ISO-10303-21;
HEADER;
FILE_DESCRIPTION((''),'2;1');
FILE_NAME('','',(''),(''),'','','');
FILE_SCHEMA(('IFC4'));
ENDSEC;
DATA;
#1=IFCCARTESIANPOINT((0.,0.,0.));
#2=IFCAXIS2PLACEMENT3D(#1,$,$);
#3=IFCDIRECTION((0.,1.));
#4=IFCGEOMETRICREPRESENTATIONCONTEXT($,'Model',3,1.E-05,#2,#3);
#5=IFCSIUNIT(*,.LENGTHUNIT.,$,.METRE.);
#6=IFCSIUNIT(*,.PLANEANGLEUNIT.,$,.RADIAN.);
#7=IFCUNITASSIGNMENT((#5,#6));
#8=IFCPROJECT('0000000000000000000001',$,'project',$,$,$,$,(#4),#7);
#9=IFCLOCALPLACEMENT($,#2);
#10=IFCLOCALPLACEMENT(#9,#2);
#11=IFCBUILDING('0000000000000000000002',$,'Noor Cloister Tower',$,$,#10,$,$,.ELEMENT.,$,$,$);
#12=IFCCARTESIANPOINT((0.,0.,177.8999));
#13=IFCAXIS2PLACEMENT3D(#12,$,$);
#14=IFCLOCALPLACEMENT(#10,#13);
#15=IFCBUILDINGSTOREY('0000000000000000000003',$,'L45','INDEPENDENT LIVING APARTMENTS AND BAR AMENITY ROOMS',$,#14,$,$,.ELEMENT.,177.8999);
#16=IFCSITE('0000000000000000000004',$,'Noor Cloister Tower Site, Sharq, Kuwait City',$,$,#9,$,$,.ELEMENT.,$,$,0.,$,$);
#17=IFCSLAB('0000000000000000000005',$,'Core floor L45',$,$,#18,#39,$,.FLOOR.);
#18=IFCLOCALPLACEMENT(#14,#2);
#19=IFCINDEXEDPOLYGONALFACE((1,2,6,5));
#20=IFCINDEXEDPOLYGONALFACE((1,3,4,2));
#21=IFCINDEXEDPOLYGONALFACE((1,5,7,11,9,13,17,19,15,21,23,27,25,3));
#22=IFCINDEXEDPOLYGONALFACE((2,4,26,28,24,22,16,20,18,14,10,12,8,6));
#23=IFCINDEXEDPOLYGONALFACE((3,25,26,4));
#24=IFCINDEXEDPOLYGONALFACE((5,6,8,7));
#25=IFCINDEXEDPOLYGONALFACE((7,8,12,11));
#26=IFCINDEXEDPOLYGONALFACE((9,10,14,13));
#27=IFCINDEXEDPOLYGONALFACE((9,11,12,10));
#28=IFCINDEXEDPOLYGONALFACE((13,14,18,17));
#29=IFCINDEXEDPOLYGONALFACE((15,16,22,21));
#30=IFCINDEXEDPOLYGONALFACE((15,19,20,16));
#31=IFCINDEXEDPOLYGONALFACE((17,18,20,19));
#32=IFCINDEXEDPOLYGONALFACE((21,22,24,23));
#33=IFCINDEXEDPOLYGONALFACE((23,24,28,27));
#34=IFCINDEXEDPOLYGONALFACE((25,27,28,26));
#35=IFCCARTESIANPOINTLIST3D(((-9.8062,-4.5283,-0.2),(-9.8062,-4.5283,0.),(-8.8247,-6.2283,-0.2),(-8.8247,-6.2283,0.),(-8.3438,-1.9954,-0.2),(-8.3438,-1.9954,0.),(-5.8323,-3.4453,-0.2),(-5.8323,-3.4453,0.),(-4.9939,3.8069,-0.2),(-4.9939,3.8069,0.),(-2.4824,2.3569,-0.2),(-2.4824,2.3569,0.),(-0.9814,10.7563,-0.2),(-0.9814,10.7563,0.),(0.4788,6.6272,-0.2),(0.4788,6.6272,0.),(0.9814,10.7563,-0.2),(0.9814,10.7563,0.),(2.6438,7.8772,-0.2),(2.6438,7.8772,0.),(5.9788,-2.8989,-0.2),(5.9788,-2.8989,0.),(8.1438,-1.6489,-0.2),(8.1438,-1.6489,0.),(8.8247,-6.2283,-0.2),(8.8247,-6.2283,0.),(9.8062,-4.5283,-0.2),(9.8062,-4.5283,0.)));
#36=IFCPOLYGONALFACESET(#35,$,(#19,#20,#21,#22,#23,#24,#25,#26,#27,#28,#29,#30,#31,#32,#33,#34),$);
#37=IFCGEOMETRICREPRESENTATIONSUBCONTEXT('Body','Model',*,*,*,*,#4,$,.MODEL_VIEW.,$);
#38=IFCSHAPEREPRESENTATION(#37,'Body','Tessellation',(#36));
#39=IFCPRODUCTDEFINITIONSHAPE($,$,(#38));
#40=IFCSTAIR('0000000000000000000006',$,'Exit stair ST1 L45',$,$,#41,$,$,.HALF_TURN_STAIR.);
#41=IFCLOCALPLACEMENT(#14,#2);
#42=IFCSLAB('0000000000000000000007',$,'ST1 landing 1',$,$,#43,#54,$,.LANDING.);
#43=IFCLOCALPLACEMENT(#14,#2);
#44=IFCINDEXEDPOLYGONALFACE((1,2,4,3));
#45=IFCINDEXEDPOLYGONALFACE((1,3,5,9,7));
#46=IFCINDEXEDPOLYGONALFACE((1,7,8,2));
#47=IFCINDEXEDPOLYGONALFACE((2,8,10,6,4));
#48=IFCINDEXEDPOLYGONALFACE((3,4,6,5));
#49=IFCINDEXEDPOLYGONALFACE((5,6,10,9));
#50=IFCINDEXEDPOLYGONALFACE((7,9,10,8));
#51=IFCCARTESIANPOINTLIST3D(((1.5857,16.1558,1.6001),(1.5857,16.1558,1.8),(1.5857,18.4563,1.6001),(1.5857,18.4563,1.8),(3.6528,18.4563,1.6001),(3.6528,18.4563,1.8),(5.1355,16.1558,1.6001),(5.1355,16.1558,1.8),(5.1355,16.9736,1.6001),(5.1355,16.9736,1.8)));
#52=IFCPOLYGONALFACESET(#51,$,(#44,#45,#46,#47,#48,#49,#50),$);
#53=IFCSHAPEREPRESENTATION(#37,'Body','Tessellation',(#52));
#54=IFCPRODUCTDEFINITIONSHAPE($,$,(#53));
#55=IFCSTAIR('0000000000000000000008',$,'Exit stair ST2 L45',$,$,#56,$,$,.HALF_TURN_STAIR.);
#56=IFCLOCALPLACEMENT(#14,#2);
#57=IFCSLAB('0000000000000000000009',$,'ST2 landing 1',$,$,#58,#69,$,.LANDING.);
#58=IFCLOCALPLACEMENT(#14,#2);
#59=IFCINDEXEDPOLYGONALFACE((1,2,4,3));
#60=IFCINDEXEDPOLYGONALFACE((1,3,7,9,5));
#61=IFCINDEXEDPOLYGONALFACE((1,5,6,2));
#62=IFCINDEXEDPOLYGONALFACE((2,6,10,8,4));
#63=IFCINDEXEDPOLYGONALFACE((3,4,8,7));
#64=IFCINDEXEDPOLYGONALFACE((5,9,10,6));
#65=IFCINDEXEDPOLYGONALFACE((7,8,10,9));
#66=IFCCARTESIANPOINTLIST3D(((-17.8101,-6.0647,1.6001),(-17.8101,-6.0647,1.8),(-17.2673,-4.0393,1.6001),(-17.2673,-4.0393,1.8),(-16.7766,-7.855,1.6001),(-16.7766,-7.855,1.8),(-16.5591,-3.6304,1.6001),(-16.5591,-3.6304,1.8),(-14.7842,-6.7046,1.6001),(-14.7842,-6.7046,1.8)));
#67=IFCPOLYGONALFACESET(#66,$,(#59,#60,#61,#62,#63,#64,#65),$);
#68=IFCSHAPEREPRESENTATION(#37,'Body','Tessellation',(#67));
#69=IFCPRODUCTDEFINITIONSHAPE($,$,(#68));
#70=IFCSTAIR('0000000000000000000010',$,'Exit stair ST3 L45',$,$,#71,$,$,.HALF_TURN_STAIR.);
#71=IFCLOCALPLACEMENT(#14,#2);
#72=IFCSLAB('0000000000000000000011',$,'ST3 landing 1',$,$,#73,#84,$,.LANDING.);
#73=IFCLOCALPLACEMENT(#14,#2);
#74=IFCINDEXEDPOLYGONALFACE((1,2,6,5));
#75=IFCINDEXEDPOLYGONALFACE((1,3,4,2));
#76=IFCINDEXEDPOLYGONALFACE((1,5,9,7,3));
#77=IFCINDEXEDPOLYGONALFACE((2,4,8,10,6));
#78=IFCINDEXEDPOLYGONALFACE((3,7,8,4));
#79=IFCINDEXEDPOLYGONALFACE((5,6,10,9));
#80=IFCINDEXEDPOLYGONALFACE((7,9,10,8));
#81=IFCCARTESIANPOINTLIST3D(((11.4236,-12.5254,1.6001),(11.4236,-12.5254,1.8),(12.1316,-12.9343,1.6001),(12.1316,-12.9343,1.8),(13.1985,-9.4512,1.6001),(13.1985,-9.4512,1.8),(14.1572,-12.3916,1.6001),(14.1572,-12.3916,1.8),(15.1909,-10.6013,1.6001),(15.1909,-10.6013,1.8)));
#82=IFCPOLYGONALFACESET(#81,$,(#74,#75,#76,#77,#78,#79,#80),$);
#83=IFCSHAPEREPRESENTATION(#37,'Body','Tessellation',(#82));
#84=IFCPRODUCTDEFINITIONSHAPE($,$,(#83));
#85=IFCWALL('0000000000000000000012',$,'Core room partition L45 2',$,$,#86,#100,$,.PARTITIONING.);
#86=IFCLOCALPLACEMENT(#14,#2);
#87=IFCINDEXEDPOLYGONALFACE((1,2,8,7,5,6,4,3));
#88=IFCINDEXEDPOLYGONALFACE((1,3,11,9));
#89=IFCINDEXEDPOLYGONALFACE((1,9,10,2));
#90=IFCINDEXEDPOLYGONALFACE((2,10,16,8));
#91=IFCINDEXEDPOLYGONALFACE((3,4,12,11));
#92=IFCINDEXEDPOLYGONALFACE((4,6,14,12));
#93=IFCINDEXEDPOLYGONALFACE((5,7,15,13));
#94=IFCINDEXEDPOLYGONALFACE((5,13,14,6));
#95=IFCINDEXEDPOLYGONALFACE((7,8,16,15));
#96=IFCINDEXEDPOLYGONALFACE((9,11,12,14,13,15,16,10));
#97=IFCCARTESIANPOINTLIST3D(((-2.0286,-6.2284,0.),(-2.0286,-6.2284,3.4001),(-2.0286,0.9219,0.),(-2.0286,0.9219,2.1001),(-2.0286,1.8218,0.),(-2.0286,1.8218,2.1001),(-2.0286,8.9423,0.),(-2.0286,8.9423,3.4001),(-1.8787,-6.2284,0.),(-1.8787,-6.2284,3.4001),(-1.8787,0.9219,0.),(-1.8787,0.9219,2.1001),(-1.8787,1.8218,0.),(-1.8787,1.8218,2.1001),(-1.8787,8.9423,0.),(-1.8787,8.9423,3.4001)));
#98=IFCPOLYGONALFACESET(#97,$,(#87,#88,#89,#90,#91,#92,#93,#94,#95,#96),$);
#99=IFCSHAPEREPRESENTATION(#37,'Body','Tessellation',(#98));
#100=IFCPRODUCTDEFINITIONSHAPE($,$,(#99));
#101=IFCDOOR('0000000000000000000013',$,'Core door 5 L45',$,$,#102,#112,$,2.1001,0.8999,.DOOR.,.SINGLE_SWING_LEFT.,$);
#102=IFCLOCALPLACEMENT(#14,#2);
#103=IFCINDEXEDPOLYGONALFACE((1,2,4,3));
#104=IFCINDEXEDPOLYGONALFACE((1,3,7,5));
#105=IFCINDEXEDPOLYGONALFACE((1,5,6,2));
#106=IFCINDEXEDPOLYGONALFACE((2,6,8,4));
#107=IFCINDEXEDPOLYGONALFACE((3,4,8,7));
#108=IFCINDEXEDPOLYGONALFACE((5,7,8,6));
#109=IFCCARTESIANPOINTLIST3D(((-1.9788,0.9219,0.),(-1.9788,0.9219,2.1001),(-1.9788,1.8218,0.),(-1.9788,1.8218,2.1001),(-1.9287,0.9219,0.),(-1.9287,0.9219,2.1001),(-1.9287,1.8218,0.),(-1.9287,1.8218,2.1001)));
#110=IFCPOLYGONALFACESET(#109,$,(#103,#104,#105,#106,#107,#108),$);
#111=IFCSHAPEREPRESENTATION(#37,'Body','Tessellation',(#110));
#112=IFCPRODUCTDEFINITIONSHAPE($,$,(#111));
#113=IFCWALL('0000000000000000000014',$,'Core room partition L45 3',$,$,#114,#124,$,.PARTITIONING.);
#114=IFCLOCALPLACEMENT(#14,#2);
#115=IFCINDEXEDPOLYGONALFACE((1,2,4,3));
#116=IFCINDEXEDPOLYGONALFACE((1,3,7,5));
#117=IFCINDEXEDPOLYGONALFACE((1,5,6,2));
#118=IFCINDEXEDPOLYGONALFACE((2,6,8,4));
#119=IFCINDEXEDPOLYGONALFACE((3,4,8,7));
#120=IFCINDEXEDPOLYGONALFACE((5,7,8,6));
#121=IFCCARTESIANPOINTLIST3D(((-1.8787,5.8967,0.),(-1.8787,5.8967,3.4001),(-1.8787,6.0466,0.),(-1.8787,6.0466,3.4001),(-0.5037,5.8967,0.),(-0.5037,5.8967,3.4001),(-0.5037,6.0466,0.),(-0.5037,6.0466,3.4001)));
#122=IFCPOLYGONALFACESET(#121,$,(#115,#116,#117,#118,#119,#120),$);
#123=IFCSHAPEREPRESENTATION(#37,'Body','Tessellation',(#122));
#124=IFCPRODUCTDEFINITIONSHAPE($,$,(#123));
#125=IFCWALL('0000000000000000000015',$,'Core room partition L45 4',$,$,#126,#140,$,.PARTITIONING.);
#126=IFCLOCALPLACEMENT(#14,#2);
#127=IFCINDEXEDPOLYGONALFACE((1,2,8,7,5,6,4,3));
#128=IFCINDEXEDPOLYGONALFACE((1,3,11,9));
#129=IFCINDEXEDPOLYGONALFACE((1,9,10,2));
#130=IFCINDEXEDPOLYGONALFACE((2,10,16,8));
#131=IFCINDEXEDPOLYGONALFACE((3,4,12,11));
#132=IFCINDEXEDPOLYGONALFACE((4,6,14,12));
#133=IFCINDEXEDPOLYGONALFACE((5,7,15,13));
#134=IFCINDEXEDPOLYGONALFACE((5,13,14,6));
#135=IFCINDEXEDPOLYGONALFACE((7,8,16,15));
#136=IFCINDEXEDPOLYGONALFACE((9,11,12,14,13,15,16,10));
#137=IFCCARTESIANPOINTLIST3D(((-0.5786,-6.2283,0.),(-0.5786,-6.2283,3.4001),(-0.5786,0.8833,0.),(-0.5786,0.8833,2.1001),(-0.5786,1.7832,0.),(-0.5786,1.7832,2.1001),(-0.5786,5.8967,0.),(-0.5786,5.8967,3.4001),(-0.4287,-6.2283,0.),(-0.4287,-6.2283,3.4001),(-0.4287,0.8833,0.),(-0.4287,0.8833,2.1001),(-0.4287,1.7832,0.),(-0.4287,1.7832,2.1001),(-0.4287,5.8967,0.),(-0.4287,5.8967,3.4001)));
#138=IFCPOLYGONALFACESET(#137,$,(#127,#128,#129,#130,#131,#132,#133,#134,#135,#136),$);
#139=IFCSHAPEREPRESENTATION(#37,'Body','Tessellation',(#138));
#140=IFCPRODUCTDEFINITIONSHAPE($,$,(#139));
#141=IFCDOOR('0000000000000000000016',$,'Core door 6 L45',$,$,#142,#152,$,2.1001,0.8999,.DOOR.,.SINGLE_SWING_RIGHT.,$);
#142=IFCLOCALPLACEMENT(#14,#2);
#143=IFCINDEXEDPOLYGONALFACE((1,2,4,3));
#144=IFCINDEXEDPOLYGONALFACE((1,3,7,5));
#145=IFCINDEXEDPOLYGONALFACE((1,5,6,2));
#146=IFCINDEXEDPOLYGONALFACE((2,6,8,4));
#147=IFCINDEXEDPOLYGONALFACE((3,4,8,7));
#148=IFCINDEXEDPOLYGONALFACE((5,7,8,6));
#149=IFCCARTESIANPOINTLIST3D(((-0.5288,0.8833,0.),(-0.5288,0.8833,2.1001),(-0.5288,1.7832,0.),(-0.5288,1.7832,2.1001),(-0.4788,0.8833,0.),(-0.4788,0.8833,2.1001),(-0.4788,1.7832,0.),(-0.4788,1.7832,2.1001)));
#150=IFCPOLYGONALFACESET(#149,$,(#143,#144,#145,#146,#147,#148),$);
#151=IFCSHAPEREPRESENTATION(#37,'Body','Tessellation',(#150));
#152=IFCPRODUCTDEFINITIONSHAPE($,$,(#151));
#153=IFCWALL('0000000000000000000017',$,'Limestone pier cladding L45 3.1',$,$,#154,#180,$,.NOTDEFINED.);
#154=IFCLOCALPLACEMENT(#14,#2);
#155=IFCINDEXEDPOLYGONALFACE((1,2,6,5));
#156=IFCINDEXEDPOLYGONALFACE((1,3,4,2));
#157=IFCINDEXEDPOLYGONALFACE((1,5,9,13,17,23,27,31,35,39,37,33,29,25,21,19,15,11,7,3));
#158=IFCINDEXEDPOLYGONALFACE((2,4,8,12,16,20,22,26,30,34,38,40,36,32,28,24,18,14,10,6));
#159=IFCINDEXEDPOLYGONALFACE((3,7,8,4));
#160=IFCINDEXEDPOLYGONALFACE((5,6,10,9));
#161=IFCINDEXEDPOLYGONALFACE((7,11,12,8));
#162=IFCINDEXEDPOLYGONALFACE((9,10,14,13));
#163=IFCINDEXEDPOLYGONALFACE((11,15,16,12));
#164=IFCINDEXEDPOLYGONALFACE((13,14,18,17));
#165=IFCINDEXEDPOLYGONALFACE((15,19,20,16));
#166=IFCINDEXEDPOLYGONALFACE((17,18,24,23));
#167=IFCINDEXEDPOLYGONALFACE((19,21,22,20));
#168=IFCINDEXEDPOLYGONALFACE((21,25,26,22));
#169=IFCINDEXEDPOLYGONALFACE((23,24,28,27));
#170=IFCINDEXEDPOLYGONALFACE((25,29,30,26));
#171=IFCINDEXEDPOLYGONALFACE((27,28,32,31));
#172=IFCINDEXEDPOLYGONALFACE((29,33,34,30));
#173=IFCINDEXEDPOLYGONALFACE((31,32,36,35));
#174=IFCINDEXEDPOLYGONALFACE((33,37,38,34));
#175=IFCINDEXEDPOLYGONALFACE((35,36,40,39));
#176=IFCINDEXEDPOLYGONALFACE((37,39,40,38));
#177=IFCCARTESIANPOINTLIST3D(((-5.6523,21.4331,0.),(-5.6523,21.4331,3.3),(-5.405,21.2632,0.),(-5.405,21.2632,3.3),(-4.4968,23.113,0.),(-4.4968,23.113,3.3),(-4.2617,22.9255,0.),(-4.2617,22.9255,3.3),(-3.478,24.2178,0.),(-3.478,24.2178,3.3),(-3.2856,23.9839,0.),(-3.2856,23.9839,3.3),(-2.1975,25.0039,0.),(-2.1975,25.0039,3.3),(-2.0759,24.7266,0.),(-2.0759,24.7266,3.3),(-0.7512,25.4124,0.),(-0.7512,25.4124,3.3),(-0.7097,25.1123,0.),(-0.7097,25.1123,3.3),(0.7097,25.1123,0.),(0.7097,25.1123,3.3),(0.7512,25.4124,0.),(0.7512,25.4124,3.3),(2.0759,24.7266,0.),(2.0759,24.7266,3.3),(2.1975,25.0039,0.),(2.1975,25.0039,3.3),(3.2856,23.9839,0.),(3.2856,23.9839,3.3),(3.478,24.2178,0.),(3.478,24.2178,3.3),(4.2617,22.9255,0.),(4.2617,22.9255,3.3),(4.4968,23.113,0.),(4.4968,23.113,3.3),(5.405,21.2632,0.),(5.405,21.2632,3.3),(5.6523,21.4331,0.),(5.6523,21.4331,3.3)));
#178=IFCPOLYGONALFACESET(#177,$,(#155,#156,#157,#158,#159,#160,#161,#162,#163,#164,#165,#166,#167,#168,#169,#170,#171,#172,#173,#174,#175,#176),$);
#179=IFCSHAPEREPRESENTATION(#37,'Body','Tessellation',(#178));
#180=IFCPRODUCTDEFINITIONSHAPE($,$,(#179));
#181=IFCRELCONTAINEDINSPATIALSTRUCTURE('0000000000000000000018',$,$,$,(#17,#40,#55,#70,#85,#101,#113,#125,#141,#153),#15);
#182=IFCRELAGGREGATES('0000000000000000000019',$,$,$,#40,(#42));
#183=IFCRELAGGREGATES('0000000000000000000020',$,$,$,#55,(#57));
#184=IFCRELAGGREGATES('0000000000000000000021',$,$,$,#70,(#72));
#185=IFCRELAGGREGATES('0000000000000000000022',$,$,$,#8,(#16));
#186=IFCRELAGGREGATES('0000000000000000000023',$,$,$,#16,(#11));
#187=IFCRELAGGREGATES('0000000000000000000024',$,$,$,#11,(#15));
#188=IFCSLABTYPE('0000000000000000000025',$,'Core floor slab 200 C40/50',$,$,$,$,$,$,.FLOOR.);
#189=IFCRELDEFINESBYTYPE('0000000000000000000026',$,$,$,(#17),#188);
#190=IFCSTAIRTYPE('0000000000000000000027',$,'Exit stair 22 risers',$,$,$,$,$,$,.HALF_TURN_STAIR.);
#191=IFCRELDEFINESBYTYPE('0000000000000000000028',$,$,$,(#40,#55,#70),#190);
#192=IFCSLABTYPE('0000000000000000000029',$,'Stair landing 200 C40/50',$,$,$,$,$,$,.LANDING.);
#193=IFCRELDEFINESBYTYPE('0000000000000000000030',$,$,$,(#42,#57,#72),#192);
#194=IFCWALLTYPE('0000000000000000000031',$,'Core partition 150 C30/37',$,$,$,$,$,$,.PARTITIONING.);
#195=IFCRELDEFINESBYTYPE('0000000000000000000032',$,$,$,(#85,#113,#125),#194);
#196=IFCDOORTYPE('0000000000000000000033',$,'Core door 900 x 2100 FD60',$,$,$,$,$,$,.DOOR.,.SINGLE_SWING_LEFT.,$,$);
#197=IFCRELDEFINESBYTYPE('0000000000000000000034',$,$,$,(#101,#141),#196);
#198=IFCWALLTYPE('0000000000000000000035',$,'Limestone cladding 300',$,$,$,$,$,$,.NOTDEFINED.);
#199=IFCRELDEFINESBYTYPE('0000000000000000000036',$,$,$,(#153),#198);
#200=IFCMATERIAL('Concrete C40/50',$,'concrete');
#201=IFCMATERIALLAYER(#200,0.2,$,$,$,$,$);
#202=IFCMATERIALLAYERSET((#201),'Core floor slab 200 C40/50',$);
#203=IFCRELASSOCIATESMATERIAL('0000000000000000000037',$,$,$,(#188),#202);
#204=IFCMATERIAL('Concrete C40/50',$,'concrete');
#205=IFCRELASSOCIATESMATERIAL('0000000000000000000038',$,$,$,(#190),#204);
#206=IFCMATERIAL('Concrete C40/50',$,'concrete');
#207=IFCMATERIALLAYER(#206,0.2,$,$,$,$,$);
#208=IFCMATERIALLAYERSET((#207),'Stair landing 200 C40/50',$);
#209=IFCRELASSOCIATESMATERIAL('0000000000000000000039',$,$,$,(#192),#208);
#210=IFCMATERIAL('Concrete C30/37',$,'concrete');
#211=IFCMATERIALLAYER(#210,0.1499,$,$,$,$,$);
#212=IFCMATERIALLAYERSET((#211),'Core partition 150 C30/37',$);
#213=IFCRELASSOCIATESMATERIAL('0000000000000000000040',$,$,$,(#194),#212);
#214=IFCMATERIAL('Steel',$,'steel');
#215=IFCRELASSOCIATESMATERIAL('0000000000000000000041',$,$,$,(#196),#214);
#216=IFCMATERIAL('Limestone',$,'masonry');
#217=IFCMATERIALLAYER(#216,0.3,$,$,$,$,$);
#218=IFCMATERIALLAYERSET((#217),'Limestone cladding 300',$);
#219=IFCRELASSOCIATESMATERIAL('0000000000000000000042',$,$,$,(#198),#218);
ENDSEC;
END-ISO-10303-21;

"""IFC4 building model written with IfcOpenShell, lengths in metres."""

from ifc_helpers import new_model, si_unit, direction, frame, frame_2d, origin, place, context, subcontext, project, spatial, polyline, rectangle, outline, extrude, material, layer, layer_set, type_object, element, fill, aggregate, save


model = new_model("IFC4")

# Units and contexts
model_context = context("Model", 3, precision=1e-05, world=origin(), true_north=direction((0.0, 1.0)))
body_context = subcontext(model_context, "Body", "Model", "MODEL_VIEW")
ifc_project = project(units=[si_unit("LENGTHUNIT", "METRE"), si_unit("PLANEANGLEUNIT", "RADIAN")], contexts=[model_context])

# Site, building, storey
site_placement = place(None, origin())
site = spatial("IfcSite", under=ifc_project, at=site_placement, Name="Noor Cloister Tower Site, Sharq, Kuwait City", CompositionType="ELEMENT", RefElevation=0.0)
building_placement = place(site_placement, origin())
building = spatial("IfcBuilding", under=site, at=building_placement, Name="Noor Cloister Tower", CompositionType="ELEMENT")
storey_placement = place(building_placement, frame((0.0, 0.0, 177.8999)))
storey = spatial("IfcBuildingStorey", under=building, at=storey_placement, Name="L45", Description="INDEPENDENT LIVING APARTMENTS AND BAR AMENITY ROOMS", CompositionType="ELEMENT", Elevation=177.8999)

# Slab
ifc_material_1 = material(Name="Concrete C40/50", Category="concrete")
ifc_layer_1 = layer(ifc_material_1, 0.2)
ifc_layer_set_1 = layer_set([ifc_layer_1], Name="Core floor slab 200 C40/50")
slab_type_1 = type_object("IfcSlabType", Name="Core floor slab 200 C40/50", PredefinedType="FLOOR", material=ifc_layer_set_1)
slab_1_placement = place(storey_placement, frame((0.0, 0.0, -0.2)))
element("IfcSlab", 1, at=slab_1_placement, inside=storey, type_object=slab_type_1, Name="Core floor L45", PredefinedType="FLOOR", context=body_context, shape_type="SweptSolid", body=[
    extrude(outline(polyline([(2.6438, 7.8772), (0.9814, 10.7563), (-0.9814, 10.7563), (-4.9939, 3.8069), (-2.4824, 2.3569), (-5.8323, -3.4453), (-8.3438, -1.9954), (-9.8062, -4.5283), (-8.8247, -6.2283), (8.8247, -6.2283), (9.8062, -4.5283), (8.1438, -1.6489), (5.9788, -2.8989), (0.4788, 6.6272), (2.6438, 7.8772)])), origin(), (0.0, 0.0, 1.0), 0.2),
])

# Stairs, slabs
ifc_material_2 = material(Name="Concrete C40/50", Category="concrete")
stair_type = type_object("IfcStairType", Name="Exit stair 22 risers", PredefinedType="HALF_TURN_STAIR", material=ifc_material_2)
stair_1_placement = place(storey_placement, origin())
stair_1 = element("IfcStair", 2, at=stair_1_placement, inside=storey, type_object=stair_type, Name="Exit stair ST1 L45", PredefinedType="HALF_TURN_STAIR")
ifc_material_3 = material(Name="Concrete C40/50", Category="concrete")
ifc_layer_2 = layer(ifc_material_3, 0.2)
ifc_layer_set_2 = layer_set([ifc_layer_2], Name="Stair landing 200 C40/50")
slab_type_2 = type_object("IfcSlabType", Name="Stair landing 200 C40/50", PredefinedType="LANDING", material=ifc_layer_set_2)
slab_2_placement = place(storey_placement, frame((0.0, 0.0, 1.6001)))
slab_2 = element("IfcSlab", 3, at=slab_2_placement, type_object=slab_type_2, Name="ST1 landing 1", PredefinedType="LANDING", context=body_context, shape_type="SweptSolid", body=[
    extrude(outline(polyline([(5.1355, 16.1558), (5.1355, 16.9736), (3.6528, 18.4563), (1.5857, 18.4563), (1.5857, 16.1558), (5.1355, 16.1558)])), origin(), (0.0, 0.0, 1.0), 0.2),
])
aggregate(stair_1, [slab_2])
stair_2_placement = place(storey_placement, origin())
stair_2 = element("IfcStair", 4, at=stair_2_placement, inside=storey, type_object=stair_type, Name="Exit stair ST2 L45", PredefinedType="HALF_TURN_STAIR")
slab_3_placement = place(storey_placement, frame((0.0, 0.0, 1.6001)))
slab_3 = element("IfcSlab", 5, at=slab_3_placement, type_object=slab_type_2, Name="ST2 landing 1", PredefinedType="LANDING", context=body_context, shape_type="SweptSolid", body=[
    extrude(outline(polyline([(-16.5591, -3.6304), (-17.2673, -4.0393), (-17.8101, -6.0647), (-16.7766, -7.855), (-14.7842, -6.7046), (-16.5591, -3.6304)])), origin(), (0.0, 0.0, 1.0), 0.2),
])
aggregate(stair_2, [slab_3])
stair_3_placement = place(storey_placement, origin())
stair_3 = element("IfcStair", 6, at=stair_3_placement, inside=storey, type_object=stair_type, Name="Exit stair ST3 L45", PredefinedType="HALF_TURN_STAIR")
slab_4_placement = place(storey_placement, frame((0.0, 0.0, 1.6001)))
slab_4 = element("IfcSlab", 7, at=slab_4_placement, type_object=slab_type_2, Name="ST3 landing 1", PredefinedType="LANDING", context=body_context, shape_type="SweptSolid", body=[
    extrude(outline(polyline([(11.4236, -12.5254), (12.1316, -12.9343), (14.1572, -12.3916), (15.1909, -10.6013), (13.1985, -9.4512), (11.4236, -12.5254)])), origin(), (0.0, 0.0, 1.0), 0.2),
])
aggregate(stair_3, [slab_4])

# Wall, opening, door
ifc_material_4 = material(Name="Concrete C30/37", Category="concrete")
ifc_layer_3 = layer(ifc_material_4, 0.1499)
ifc_layer_set_3 = layer_set([ifc_layer_3], Name="Core partition 150 C30/37")
wall_type_1 = type_object("IfcWallType", Name="Core partition 150 C30/37", PredefinedType="PARTITIONING", material=ifc_layer_set_3)
wall_1_placement = place(storey_placement, frame((-1.9536, 8.9424, 0.0), z_axis=(0.0, 0.0, 1.0), x_axis=(0.0, -1.0, 0.0)))
wall_1 = element("IfcWall", 8, at=wall_1_placement, inside=storey, type_object=wall_type_1, Name="Core room partition L45 2", PredefinedType="PARTITIONING", context=body_context, shape_type="SweptSolid", body=[
    extrude(rectangle(XDim=15.1707, YDim=0.1499, at=frame_2d((7.5854, 0.0))), origin(), (0.0, 0.0, 1.0), 3.4001),
])
opening_1_placement = place(wall_1_placement, frame((7.1206, 0.0, 0.0)))
opening_1 = element("IfcOpeningElement", 9, at=opening_1_placement, cuts=wall_1, PredefinedType="OPENING", context=body_context, shape_type="SweptSolid", body=[
    extrude(rectangle(XDim=0.8999, YDim=2.1001, at=frame_2d((0.45, 1.05))), frame((0.0, 0.085, 0.0), z_axis=(0.0, -1.0, 0.0), x_axis=(1.0, 0.0, 0.0)), (0.0, 0.0, 1.0), 0.1699),
])
ifc_material_5 = material(Name="Steel", Category="steel")
door_type = type_object("IfcDoorType", Name="Core door 900 x 2100 FD60", OperationType="SINGLE_SWING_LEFT", PredefinedType="DOOR", material=ifc_material_5)
door_1_placement = place(opening_1_placement, origin())
door_1 = element("IfcDoor", 10, at=door_1_placement, inside=storey, type_object=door_type, Name="Core door 5 L45", OperationType="SINGLE_SWING_LEFT", OverallHeight=2.1001, OverallWidth=0.8999, PredefinedType="DOOR", context=body_context, shape_type="SweptSolid", body=[
    extrude(rectangle(XDim=0.8999, YDim=2.1001, at=frame_2d((0.45, 1.05))), frame((0.0, 0.0249, 0.0), z_axis=(0.0, -1.0, 0.0), x_axis=(1.0, 0.0, 0.0)), (0.0, 0.0, 1.0), 0.05),
])
fill(opening_1, door_1)

# Wall
wall_2_placement = place(storey_placement, frame((-1.8787, 5.9717, 0.0), z_axis=(0.0, 0.0, 1.0), x_axis=(1.0, 0.0, 0.0)))
element("IfcWall", 11, at=wall_2_placement, inside=storey, type_object=wall_type_1, Name="Core room partition L45 3", PredefinedType="PARTITIONING", context=body_context, shape_type="SweptSolid", body=[
    extrude(rectangle(XDim=1.375, YDim=0.1499, at=frame_2d((0.6875, 0.0))), origin(), (0.0, 0.0, 1.0), 3.4001),
])

# Wall, opening, door
wall_3_placement = place(storey_placement, frame((-0.5037, 5.8967, 0.0), z_axis=(0.0, 0.0, 1.0), x_axis=(0.0, -1.0, 0.0)))
wall_3 = element("IfcWall", 12, at=wall_3_placement, inside=storey, type_object=wall_type_1, Name="Core room partition L45 4", PredefinedType="PARTITIONING", context=body_context, shape_type="SweptSolid", body=[
    extrude(rectangle(XDim=12.125, YDim=0.1499, at=frame_2d((6.0625, 0.0))), origin(), (0.0, 0.0, 1.0), 3.4001),
])
opening_2_placement = place(wall_3_placement, frame((4.1135, 0.0, 0.0)))
opening_2 = element("IfcOpeningElement", 13, at=opening_2_placement, cuts=wall_3, PredefinedType="OPENING", context=body_context, shape_type="SweptSolid", body=[
    extrude(rectangle(XDim=0.8999, YDim=2.1001, at=frame_2d((0.45, 1.05))), frame((0.0, 0.085, 0.0), z_axis=(0.0, -1.0, 0.0), x_axis=(1.0, 0.0, 0.0)), (0.0, 0.0, 1.0), 0.1699),
])
door_2_placement = place(opening_2_placement, origin())
door_2 = element("IfcDoor", 14, at=door_2_placement, inside=storey, type_object=door_type, Name="Core door 6 L45", OperationType="SINGLE_SWING_RIGHT", OverallHeight=2.1001, OverallWidth=0.8999, PredefinedType="DOOR", context=body_context, shape_type="SweptSolid", body=[
    extrude(rectangle(XDim=0.8999, YDim=2.1001, at=frame_2d((0.45, 1.05))), frame((0.0, 0.0249, 0.0), z_axis=(0.0, -1.0, 0.0), x_axis=(1.0, 0.0, 0.0)), (0.0, 0.0, 1.0), 0.05),
])
fill(opening_2, door_2)

# Wall
ifc_material_6 = material(Name="Limestone", Category="masonry")
ifc_layer_4 = layer(ifc_material_6, 0.3)
ifc_layer_set_4 = layer_set([ifc_layer_4], Name="Limestone cladding 300")
wall_type_2 = type_object("IfcWallType", Name="Limestone cladding 300", PredefinedType="NOTDEFINED", material=ifc_layer_set_4)
wall_4_placement = place(storey_placement, origin())
element("IfcWall", 15, at=wall_4_placement, inside=storey, type_object=wall_type_2, Name="Limestone pier cladding L45 3.1", PredefinedType="NOTDEFINED", context=body_context, shape_type="SweptSolid", body=[
    extrude(outline(polyline([(5.6523, 21.4331), (4.4968, 23.113), (3.478, 24.2178), (2.1975, 25.0039), (0.7512, 25.4124), (-0.7512, 25.4124), (-2.1975, 25.0039), (-3.478, 24.2178), (-4.4968, 23.113), (-5.6523, 21.4331), (-5.405, 21.2632), (-4.2617, 22.9255), (-3.2856, 23.9839), (-2.0759, 24.7266), (-0.7097, 25.1123), (0.7097, 25.1123), (2.0759, 24.7266), (3.2856, 23.9839), (4.2617, 22.9255), (5.405, 21.2632), (5.6523, 21.4331)])), origin(), (0.0, 0.0, 1.0), 3.3),
])

save(model, "model.ifc")
